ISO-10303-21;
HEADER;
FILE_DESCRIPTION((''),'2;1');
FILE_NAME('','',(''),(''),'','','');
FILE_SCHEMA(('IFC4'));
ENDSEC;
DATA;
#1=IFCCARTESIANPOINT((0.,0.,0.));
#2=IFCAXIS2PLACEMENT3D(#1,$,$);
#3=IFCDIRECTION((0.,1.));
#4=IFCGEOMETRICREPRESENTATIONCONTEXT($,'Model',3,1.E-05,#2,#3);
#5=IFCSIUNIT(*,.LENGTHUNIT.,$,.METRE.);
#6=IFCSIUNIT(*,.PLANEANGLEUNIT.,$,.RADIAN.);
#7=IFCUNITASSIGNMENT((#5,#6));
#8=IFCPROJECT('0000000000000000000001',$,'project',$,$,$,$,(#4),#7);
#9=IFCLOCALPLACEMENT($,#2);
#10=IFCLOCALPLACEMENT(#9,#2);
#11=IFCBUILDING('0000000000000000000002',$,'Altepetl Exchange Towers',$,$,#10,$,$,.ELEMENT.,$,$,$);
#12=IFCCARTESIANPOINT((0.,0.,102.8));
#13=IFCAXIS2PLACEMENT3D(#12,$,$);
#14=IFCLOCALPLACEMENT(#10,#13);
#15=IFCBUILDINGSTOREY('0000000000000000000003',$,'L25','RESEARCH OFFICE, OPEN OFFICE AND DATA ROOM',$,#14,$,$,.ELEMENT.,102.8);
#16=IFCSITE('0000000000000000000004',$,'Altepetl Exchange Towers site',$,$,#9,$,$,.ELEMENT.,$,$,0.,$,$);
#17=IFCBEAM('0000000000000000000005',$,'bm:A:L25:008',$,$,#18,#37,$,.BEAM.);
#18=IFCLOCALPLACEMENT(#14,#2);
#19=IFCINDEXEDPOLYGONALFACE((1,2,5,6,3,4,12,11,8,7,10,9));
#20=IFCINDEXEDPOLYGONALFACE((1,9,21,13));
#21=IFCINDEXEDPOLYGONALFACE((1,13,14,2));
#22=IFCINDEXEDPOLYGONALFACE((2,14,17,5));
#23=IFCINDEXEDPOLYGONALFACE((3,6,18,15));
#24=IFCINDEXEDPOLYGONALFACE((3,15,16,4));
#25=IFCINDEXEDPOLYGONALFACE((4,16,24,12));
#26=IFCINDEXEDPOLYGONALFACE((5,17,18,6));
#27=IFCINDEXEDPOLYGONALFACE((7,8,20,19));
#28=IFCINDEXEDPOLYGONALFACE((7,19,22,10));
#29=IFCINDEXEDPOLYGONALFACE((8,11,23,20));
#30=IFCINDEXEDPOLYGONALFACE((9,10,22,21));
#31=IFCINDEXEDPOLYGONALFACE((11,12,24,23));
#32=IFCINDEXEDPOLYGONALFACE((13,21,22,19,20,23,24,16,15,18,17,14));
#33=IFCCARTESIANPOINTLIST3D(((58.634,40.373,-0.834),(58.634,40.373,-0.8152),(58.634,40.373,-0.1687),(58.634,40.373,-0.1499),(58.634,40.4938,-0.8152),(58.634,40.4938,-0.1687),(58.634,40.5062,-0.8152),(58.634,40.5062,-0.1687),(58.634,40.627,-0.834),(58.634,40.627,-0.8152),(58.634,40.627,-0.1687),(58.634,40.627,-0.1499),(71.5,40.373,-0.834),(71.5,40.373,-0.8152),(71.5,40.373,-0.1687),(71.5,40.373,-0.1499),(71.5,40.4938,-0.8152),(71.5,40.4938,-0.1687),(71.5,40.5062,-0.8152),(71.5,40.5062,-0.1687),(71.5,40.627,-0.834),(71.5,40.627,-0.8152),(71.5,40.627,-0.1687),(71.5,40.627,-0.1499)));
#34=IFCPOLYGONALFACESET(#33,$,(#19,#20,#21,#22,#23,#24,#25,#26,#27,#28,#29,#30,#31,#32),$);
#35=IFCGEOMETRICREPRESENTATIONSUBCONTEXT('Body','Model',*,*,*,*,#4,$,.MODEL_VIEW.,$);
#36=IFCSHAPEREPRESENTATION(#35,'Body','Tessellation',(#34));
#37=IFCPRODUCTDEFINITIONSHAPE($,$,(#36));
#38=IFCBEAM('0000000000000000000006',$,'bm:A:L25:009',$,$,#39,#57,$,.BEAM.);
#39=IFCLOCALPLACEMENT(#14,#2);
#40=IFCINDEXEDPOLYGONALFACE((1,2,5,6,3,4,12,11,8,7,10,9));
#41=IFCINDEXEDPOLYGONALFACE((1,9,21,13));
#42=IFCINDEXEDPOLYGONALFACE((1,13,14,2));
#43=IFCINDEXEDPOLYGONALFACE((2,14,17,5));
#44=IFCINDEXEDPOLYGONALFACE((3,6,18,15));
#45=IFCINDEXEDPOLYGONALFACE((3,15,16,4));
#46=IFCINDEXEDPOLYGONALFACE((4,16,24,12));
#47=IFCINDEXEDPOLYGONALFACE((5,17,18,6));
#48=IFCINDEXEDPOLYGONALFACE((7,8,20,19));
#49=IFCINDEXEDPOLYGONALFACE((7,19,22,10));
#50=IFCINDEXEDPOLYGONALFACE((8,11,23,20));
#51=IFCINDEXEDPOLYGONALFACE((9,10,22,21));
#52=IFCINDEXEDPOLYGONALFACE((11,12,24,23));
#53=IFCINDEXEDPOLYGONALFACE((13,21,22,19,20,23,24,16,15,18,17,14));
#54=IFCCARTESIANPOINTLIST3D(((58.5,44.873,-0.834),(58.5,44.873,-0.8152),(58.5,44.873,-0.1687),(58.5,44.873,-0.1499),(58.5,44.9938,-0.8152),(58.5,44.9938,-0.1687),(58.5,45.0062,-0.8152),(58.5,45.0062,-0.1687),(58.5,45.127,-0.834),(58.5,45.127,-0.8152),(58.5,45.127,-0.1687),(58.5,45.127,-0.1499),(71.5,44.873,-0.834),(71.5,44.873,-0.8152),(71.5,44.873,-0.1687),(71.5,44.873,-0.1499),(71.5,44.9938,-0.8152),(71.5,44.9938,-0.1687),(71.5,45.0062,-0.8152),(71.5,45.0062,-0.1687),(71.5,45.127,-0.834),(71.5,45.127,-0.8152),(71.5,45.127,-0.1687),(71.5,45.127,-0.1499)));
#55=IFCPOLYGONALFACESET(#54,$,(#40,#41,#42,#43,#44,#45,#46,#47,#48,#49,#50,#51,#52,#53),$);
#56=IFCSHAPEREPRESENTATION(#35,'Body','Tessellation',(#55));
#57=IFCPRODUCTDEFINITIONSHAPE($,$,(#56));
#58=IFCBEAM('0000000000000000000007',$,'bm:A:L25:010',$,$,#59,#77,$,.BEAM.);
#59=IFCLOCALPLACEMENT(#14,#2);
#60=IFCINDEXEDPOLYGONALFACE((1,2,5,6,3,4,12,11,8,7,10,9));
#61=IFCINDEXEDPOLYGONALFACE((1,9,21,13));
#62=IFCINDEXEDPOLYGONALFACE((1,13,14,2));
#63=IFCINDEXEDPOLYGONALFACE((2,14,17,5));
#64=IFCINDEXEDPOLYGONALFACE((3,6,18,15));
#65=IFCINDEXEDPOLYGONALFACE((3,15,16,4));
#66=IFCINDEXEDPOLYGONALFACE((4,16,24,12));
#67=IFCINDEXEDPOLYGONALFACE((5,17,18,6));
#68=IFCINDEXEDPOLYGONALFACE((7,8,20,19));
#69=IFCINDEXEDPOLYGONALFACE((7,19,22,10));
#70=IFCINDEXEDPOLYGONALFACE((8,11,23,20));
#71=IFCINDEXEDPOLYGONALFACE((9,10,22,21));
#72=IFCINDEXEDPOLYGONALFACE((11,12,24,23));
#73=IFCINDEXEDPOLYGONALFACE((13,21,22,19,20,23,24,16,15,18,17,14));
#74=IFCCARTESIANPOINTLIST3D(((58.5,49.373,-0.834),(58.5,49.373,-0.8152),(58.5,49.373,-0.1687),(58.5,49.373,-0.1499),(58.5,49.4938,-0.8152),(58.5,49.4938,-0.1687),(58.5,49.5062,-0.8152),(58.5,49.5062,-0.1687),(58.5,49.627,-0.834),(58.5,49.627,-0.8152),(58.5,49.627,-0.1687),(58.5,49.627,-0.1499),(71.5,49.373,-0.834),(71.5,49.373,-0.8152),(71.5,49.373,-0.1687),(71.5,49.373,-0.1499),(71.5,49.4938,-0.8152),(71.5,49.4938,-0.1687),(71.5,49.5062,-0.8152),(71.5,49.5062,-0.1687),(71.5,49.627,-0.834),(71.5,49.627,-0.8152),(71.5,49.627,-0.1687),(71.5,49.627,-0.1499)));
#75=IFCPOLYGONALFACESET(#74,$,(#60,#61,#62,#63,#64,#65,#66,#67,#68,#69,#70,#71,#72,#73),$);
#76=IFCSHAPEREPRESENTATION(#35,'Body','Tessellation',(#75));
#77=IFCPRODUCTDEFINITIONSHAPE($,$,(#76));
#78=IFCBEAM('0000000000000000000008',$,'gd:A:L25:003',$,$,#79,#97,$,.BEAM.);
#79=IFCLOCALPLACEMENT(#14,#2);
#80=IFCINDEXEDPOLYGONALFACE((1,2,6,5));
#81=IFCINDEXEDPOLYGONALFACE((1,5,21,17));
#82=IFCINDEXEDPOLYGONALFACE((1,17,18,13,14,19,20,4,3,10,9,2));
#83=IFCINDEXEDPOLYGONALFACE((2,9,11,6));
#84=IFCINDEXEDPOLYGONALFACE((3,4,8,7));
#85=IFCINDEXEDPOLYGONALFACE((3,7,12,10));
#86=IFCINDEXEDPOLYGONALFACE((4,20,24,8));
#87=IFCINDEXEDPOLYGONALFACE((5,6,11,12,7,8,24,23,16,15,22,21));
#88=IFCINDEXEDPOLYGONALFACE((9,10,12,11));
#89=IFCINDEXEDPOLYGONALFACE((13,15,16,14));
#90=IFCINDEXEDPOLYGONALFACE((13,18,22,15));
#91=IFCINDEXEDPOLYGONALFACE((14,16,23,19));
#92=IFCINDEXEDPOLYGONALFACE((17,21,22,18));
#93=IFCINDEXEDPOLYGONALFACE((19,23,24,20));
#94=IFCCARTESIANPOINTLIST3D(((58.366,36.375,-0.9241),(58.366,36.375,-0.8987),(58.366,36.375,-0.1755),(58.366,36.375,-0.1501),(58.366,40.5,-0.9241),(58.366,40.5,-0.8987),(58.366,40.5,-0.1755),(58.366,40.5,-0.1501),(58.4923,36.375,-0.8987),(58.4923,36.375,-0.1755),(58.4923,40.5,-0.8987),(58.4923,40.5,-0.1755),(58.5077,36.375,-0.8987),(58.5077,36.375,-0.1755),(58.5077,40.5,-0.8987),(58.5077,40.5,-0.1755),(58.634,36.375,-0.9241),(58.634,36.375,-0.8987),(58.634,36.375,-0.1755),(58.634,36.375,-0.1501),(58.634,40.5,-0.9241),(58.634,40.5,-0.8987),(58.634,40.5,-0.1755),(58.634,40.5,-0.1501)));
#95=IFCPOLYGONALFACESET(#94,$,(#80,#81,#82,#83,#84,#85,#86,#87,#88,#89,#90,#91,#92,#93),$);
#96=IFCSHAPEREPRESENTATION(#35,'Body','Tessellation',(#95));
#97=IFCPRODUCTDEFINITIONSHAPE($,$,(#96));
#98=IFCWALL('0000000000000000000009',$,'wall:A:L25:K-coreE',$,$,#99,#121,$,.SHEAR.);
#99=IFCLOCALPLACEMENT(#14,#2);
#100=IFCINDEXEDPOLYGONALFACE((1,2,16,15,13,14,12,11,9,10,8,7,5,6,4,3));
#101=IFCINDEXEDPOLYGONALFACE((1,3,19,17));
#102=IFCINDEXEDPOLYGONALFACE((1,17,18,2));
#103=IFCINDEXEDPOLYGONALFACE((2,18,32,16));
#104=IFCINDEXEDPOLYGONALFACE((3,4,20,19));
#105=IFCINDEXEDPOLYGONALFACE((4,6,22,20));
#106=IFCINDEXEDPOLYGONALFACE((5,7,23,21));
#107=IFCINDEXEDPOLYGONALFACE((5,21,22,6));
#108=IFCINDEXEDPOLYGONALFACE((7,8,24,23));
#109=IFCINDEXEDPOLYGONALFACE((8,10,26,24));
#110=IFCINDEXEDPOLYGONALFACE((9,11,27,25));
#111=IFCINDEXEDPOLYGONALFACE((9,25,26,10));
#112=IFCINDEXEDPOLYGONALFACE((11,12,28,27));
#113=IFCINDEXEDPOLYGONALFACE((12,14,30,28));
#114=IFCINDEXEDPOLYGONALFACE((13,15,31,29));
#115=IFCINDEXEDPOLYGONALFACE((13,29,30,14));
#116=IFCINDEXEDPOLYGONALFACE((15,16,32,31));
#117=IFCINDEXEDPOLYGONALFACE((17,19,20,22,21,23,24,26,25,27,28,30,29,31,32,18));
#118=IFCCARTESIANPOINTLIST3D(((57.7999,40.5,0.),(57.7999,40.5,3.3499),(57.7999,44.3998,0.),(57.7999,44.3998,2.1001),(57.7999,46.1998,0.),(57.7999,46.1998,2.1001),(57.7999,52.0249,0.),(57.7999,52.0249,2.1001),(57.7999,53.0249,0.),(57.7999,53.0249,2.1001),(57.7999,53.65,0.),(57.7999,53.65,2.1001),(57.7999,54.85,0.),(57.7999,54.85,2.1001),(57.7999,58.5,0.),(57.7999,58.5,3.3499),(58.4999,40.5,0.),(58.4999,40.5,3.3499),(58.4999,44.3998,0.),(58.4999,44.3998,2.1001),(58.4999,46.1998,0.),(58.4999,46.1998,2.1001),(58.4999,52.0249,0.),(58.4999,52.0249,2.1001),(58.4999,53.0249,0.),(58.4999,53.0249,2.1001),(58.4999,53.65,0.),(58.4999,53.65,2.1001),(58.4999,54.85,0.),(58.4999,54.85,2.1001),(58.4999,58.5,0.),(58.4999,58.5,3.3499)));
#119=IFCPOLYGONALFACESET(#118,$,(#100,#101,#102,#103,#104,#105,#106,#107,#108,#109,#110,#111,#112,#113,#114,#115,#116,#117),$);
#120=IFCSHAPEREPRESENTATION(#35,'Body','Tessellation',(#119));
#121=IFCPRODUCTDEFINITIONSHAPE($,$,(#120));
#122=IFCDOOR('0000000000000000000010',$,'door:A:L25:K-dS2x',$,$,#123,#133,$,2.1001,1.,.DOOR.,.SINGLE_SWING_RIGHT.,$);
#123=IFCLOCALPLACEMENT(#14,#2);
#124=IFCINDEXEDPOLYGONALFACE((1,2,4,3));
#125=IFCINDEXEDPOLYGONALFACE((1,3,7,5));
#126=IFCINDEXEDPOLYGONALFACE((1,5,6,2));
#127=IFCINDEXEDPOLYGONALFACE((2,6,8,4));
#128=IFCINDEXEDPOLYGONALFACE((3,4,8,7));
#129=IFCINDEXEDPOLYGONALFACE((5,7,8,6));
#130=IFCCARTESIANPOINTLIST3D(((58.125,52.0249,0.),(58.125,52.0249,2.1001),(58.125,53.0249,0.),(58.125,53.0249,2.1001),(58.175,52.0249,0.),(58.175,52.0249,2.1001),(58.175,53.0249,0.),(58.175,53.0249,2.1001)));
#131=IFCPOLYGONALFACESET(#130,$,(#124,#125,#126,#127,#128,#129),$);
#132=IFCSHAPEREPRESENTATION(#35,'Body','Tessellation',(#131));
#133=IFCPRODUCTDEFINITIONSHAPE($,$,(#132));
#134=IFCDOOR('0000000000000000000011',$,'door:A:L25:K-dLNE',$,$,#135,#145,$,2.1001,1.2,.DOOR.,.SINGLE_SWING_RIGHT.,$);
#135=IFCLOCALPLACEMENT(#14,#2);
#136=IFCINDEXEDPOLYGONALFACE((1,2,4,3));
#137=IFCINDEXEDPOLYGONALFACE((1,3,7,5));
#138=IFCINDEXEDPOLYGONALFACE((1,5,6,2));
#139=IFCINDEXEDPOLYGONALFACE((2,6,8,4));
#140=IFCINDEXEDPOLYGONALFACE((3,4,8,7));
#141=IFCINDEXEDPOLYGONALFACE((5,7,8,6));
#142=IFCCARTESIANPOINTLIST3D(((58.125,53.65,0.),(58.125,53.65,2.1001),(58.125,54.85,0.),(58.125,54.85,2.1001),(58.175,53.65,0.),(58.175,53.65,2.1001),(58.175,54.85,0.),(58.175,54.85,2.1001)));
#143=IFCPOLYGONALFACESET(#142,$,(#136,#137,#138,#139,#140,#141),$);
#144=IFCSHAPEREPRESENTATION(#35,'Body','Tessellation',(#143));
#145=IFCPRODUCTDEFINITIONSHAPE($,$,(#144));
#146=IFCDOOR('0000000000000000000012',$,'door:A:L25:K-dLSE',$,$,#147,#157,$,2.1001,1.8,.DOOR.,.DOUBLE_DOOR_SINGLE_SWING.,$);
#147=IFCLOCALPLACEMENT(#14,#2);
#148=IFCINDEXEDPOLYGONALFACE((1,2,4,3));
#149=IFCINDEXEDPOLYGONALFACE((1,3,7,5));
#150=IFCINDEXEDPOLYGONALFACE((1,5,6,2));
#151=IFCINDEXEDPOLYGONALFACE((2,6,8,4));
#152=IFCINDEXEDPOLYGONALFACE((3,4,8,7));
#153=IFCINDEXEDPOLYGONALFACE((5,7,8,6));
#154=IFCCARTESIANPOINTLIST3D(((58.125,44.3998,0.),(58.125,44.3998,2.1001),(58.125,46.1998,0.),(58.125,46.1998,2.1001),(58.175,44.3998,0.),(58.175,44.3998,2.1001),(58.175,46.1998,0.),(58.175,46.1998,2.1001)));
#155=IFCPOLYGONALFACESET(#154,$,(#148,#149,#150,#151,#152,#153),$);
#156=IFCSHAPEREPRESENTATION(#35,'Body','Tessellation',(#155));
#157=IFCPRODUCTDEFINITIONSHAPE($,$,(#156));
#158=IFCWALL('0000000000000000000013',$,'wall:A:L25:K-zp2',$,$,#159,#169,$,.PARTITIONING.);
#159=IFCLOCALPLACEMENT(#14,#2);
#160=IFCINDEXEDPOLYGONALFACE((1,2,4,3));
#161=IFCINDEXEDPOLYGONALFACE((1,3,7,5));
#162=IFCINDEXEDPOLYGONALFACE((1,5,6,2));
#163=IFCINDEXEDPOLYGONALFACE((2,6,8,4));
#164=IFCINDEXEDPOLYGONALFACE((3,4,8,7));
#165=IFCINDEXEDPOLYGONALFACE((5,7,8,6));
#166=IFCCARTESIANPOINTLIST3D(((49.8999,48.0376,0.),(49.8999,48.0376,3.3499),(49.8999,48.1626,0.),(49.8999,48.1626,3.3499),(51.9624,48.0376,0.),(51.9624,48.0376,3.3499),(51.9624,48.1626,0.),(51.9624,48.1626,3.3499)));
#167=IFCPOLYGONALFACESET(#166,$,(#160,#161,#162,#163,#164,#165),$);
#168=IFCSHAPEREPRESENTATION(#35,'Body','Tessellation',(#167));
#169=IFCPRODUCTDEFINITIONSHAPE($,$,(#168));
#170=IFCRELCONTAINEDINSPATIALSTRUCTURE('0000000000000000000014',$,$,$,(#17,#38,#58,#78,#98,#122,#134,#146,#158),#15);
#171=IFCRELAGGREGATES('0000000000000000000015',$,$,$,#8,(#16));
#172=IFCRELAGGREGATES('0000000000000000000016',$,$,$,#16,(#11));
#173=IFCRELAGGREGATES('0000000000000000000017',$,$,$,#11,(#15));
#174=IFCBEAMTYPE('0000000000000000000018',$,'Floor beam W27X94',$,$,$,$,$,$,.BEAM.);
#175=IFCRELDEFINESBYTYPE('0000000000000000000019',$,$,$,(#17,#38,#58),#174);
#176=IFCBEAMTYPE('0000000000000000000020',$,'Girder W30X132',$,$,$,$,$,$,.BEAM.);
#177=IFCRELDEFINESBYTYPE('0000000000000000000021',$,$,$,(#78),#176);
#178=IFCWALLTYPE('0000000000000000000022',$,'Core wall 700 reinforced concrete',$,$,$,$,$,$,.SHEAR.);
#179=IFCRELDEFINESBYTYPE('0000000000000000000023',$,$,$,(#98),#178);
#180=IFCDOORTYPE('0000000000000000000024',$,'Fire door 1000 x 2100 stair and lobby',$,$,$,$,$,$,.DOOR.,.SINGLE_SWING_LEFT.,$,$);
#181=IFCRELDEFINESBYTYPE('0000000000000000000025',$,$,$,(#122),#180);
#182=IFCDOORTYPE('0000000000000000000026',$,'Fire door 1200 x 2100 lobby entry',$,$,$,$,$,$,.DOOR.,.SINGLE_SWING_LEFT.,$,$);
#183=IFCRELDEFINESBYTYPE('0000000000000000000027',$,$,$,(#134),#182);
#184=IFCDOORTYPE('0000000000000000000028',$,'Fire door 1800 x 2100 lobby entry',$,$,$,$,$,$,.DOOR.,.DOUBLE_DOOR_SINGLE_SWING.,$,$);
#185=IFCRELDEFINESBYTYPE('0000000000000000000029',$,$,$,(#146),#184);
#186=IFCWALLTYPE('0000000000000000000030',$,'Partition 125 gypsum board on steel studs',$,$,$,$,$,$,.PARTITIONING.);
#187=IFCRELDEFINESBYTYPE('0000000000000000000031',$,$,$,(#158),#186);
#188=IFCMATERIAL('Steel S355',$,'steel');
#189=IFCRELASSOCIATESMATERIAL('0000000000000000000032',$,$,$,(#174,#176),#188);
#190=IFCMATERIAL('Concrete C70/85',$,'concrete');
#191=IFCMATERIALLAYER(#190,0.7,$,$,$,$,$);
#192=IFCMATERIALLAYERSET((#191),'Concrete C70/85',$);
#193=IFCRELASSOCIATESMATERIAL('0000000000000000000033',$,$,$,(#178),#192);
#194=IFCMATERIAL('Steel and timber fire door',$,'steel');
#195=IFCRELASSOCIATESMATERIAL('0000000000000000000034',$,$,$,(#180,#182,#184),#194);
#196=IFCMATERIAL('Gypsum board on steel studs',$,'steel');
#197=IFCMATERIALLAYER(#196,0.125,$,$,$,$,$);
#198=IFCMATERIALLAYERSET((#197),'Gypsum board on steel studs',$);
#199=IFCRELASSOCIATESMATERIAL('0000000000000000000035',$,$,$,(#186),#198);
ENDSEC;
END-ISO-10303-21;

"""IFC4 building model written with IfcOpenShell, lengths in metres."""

from ifc_helpers import new_model, si_unit, direction, frame, frame_2d, origin, origin_2d, place, context, subcontext, project, spatial, rectangle, i_section, extrude, material, layer, layer_set, material_profile, profile_set, type_object, element, fill, save


model = new_model("IFC4")

# Units and contexts
model_context = context("Model", 3, precision=1e-05, world=origin(), true_north=direction((0.0, 1.0)))
body_context = subcontext(model_context, "Body", "Model", "MODEL_VIEW")
ifc_project = project(units=[si_unit("LENGTHUNIT", "METRE"), si_unit("PLANEANGLEUNIT", "RADIAN")], contexts=[model_context])

# Site, building, storey
site_placement = place(None, origin())
site = spatial("IfcSite", under=ifc_project, at=site_placement, Name="Altepetl Exchange Towers site", CompositionType="ELEMENT", RefElevation=0.0)
building_placement = place(site_placement, origin())
building = spatial("IfcBuilding", under=site, at=building_placement, Name="Altepetl Exchange Towers", CompositionType="ELEMENT")
storey_placement = place(building_placement, frame((0.0, 0.0, 102.8)))
storey = spatial("IfcBuildingStorey", under=building, at=storey_placement, Name="L25", Description="RESEARCH OFFICE, OPEN OFFICE AND DATA ROOM", CompositionType="ELEMENT", Elevation=102.8)

# Beams
ifc_material_1 = material(Name="Steel S355", Category="steel")
ifc_material_profile_1 = material_profile(ifc_material_1, i_section(OverallWidth=0.2539, OverallDepth=0.6841, WebThickness=0.0125, FlangeThickness=0.0188, at=origin_2d()), Name="W27X94")
ifc_profile_set_1 = profile_set([ifc_material_profile_1], Name="Steel S355")
beam_type_1 = type_object("IfcBeamType", Name="Floor beam W27X94", PredefinedType="BEAM", material=ifc_profile_set_1)
beam_1_placement = place(storey_placement, frame((58.634, 40.5, -0.4919), z_axis=(1.0, 0.0, 0.0), x_axis=(0.0, 1.0, 0.0)))
element("IfcBeam", 1, at=beam_1_placement, inside=storey, type_object=beam_type_1, Name="bm:A:L25:008", PredefinedType="BEAM", context=body_context, shape_type="SweptSolid", body=[
    extrude(i_section(OverallWidth=0.2539, OverallDepth=0.6841, WebThickness=0.0125, FlangeThickness=0.0188, at=origin_2d()), origin(), (0.0, 0.0, 1.0), 12.866),
])
for number, where, z_axis, x_axis, name in (
    (2, (58.5, 45.0, -0.4919), (1.0, 0.0, 0.0), (0.0, 1.0, 0.0), "bm:A:L25:009"),
    (3, (58.5, 49.5, -0.4919), (1.0, 0.0, 0.0), (0.0, 1.0, 0.0), "bm:A:L25:010"),
):
    element("IfcBeam", number, at=place(storey_placement, frame(where, z_axis=z_axis, x_axis=x_axis)), inside=storey, type_object=beam_type_1, Name=name, PredefinedType="BEAM", context=body_context, shape_type="SweptSolid", body=[
        extrude(i_section(OverallWidth=0.2539, OverallDepth=0.6841, WebThickness=0.0125, FlangeThickness=0.0188, at=origin_2d()), origin(), (0.0, 0.0, 1.0), 13.0),
    ])
ifc_material_profile_2 = material_profile(ifc_material_1, i_section(OverallWidth=0.2681, OverallDepth=0.7739, WebThickness=0.0154, FlangeThickness=0.0254, at=origin_2d()), Name="W30X132")
ifc_profile_set_2 = profile_set([ifc_material_profile_2], Name="Steel S355")
beam_type_2 = type_object("IfcBeamType", Name="Girder W30X132", PredefinedType="BEAM", material=ifc_profile_set_2)
beam_2_placement = place(storey_placement, frame((58.5, 40.5, -0.5371), z_axis=(0.0, -1.0, 0.0), x_axis=(1.0, 0.0, 0.0)))
element("IfcBeam", 4, at=beam_2_placement, inside=storey, type_object=beam_type_2, Name="gd:A:L25:003", PredefinedType="BEAM", context=body_context, shape_type="SweptSolid", body=[
    extrude(i_section(OverallWidth=0.2681, OverallDepth=0.7739, WebThickness=0.0154, FlangeThickness=0.0254, at=origin_2d()), origin(), (0.0, 0.0, 1.0), 4.125),
])

# Wall, openings, doors
ifc_material_2 = material(Name="Concrete C70/85", Category="concrete")
ifc_layer_1 = layer(ifc_material_2, 0.7)
ifc_layer_set_1 = layer_set([ifc_layer_1], Name="Concrete C70/85")
wall_type_1 = type_object("IfcWallType", Name="Core wall 700 reinforced concrete", PredefinedType="SHEAR", material=ifc_layer_set_1)
wall_1_placement = place(storey_placement, frame((58.1499, 40.5, 0.0), z_axis=(0.0, 0.0, 1.0), x_axis=(0.0, 1.0, 0.0)))
wall_1 = element("IfcWall", 5, at=wall_1_placement, inside=storey, type_object=wall_type_1, Name="wall:A:L25:K-coreE", PredefinedType="SHEAR", context=body_context, shape_type="SweptSolid", body=[
    extrude(rectangle(XDim=18.0, YDim=0.7, at=frame_2d((9.0, 0.0))), origin(), (0.0, 0.0, 1.0), 3.3499),
])
opening_1_placement = place(wall_1_placement, frame((13.1499, 0.0, 0.0)))
opening_1 = element("IfcOpeningElement", 6, at=opening_1_placement, cuts=wall_1, PredefinedType="OPENING", context=body_context, shape_type="SweptSolid", body=[
    extrude(rectangle(XDim=1.2, YDim=2.1001, at=frame_2d((0.6001, 1.05))), frame((0.0, 0.3599, 0.0), z_axis=(0.0, -1.0, 0.0), x_axis=(1.0, 0.0, 0.0)), (0.0, 0.0, 1.0), 0.72),
])
opening_2_placement = place(wall_1_placement, frame((3.8999, 0.0, 0.0)))
opening_2 = element("IfcOpeningElement", 7, at=opening_2_placement, cuts=wall_1, PredefinedType="OPENING", context=body_context, shape_type="SweptSolid", body=[
    extrude(rectangle(XDim=1.8, YDim=2.1001, at=frame_2d((0.8999, 1.05))), frame((0.0, 0.3599, 0.0), z_axis=(0.0, -1.0, 0.0), x_axis=(1.0, 0.0, 0.0)), (0.0, 0.0, 1.0), 0.72),
])
opening_3_placement = place(wall_1_placement, frame((11.5249, 0.0, 0.0)))
opening_3 = element("IfcOpeningElement", 8, at=opening_3_placement, cuts=wall_1, PredefinedType="OPENING", context=body_context, shape_type="SweptSolid", body=[
    extrude(rectangle(XDim=1.0, YDim=2.1001, at=frame_2d((0.5, 1.05))), frame((0.0, 0.3599, 0.0), z_axis=(0.0, -1.0, 0.0), x_axis=(1.0, 0.0, 0.0)), (0.0, 0.0, 1.0), 0.72),
])
ifc_material_3 = material(Name="Steel and timber fire door", Category="steel")
door_type_1 = type_object("IfcDoorType", Name="Fire door 1000 x 2100 stair and lobby", OperationType="SINGLE_SWING_LEFT", PredefinedType="DOOR", material=ifc_material_3)
door_1_placement = place(opening_3_placement, origin())
door_1 = element("IfcDoor", 9, at=door_1_placement, inside=storey, type_object=door_type_1, Name="door:A:L25:K-dS2x", OperationType="SINGLE_SWING_RIGHT", OverallHeight=2.1001, OverallWidth=1.0, PredefinedType="DOOR", context=body_context, shape_type="SweptSolid", body=[
    extrude(rectangle(XDim=1.0, YDim=2.1001, at=frame_2d((0.5, 1.05))), frame((0.0, 0.0249, 0.0), z_axis=(0.0, -1.0, 0.0), x_axis=(1.0, 0.0, 0.0)), (0.0, 0.0, 1.0), 0.05),
])
fill(opening_3, door_1)
door_type_2 = type_object("IfcDoorType", Name="Fire door 1200 x 2100 lobby entry", OperationType="SINGLE_SWING_LEFT", PredefinedType="DOOR", material=ifc_material_3)
door_2_placement = place(opening_1_placement, origin())
door_2 = element("IfcDoor", 10, at=door_2_placement, inside=storey, type_object=door_type_2, Name="door:A:L25:K-dLNE", OperationType="SINGLE_SWING_RIGHT", OverallHeight=2.1001, OverallWidth=1.2, PredefinedType="DOOR", context=body_context, shape_type="SweptSolid", body=[
    extrude(rectangle(XDim=1.2, YDim=2.1001, at=frame_2d((0.6001, 1.05))), frame((0.0, 0.0249, 0.0), z_axis=(0.0, -1.0, 0.0), x_axis=(1.0, 0.0, 0.0)), (0.0, 0.0, 1.0), 0.05),
])
fill(opening_1, door_2)
door_type_3 = type_object("IfcDoorType", Name="Fire door 1800 x 2100 lobby entry", OperationType="DOUBLE_DOOR_SINGLE_SWING", PredefinedType="DOOR", material=ifc_material_3)
door_3_placement = place(opening_2_placement, origin())
door_3 = element("IfcDoor", 11, at=door_3_placement, inside=storey, type_object=door_type_3, Name="door:A:L25:K-dLSE", OperationType="DOUBLE_DOOR_SINGLE_SWING", OverallHeight=2.1001, OverallWidth=1.8, PredefinedType="DOOR", context=body_context, shape_type="SweptSolid", body=[
    extrude(rectangle(XDim=1.8, YDim=2.1001, at=frame_2d((0.8999, 1.05))), frame((0.0, 0.0249, 0.0), z_axis=(0.0, -1.0, 0.0), x_axis=(1.0, 0.0, 0.0)), (0.0, 0.0, 1.0), 0.05),
])
fill(opening_2, door_3)

# Wall
ifc_material_4 = material(Name="Gypsum board on steel studs", Category="steel")
ifc_layer_2 = layer(ifc_material_4, 0.125)
ifc_layer_set_2 = layer_set([ifc_layer_2], Name="Gypsum board on steel studs")
wall_type_2 = type_object("IfcWallType", Name="Partition 125 gypsum board on steel studs", PredefinedType="PARTITIONING", material=ifc_layer_set_2)
wall_2_placement = place(storey_placement, frame((51.9624, 48.1001, 0.0), z_axis=(0.0, 0.0, 1.0), x_axis=(-1.0, 0.0, 0.0)))
element("IfcWall", 12, at=wall_2_placement, inside=storey, type_object=wall_type_2, Name="wall:A:L25:K-zp2", PredefinedType="PARTITIONING", context=body_context, shape_type="SweptSolid", body=[
    extrude(rectangle(XDim=2.0625, YDim=0.125, at=frame_2d((1.0312, 0.0))), origin(), (0.0, 0.0, 1.0), 3.3499),
])

save(model, "model.ifc")
